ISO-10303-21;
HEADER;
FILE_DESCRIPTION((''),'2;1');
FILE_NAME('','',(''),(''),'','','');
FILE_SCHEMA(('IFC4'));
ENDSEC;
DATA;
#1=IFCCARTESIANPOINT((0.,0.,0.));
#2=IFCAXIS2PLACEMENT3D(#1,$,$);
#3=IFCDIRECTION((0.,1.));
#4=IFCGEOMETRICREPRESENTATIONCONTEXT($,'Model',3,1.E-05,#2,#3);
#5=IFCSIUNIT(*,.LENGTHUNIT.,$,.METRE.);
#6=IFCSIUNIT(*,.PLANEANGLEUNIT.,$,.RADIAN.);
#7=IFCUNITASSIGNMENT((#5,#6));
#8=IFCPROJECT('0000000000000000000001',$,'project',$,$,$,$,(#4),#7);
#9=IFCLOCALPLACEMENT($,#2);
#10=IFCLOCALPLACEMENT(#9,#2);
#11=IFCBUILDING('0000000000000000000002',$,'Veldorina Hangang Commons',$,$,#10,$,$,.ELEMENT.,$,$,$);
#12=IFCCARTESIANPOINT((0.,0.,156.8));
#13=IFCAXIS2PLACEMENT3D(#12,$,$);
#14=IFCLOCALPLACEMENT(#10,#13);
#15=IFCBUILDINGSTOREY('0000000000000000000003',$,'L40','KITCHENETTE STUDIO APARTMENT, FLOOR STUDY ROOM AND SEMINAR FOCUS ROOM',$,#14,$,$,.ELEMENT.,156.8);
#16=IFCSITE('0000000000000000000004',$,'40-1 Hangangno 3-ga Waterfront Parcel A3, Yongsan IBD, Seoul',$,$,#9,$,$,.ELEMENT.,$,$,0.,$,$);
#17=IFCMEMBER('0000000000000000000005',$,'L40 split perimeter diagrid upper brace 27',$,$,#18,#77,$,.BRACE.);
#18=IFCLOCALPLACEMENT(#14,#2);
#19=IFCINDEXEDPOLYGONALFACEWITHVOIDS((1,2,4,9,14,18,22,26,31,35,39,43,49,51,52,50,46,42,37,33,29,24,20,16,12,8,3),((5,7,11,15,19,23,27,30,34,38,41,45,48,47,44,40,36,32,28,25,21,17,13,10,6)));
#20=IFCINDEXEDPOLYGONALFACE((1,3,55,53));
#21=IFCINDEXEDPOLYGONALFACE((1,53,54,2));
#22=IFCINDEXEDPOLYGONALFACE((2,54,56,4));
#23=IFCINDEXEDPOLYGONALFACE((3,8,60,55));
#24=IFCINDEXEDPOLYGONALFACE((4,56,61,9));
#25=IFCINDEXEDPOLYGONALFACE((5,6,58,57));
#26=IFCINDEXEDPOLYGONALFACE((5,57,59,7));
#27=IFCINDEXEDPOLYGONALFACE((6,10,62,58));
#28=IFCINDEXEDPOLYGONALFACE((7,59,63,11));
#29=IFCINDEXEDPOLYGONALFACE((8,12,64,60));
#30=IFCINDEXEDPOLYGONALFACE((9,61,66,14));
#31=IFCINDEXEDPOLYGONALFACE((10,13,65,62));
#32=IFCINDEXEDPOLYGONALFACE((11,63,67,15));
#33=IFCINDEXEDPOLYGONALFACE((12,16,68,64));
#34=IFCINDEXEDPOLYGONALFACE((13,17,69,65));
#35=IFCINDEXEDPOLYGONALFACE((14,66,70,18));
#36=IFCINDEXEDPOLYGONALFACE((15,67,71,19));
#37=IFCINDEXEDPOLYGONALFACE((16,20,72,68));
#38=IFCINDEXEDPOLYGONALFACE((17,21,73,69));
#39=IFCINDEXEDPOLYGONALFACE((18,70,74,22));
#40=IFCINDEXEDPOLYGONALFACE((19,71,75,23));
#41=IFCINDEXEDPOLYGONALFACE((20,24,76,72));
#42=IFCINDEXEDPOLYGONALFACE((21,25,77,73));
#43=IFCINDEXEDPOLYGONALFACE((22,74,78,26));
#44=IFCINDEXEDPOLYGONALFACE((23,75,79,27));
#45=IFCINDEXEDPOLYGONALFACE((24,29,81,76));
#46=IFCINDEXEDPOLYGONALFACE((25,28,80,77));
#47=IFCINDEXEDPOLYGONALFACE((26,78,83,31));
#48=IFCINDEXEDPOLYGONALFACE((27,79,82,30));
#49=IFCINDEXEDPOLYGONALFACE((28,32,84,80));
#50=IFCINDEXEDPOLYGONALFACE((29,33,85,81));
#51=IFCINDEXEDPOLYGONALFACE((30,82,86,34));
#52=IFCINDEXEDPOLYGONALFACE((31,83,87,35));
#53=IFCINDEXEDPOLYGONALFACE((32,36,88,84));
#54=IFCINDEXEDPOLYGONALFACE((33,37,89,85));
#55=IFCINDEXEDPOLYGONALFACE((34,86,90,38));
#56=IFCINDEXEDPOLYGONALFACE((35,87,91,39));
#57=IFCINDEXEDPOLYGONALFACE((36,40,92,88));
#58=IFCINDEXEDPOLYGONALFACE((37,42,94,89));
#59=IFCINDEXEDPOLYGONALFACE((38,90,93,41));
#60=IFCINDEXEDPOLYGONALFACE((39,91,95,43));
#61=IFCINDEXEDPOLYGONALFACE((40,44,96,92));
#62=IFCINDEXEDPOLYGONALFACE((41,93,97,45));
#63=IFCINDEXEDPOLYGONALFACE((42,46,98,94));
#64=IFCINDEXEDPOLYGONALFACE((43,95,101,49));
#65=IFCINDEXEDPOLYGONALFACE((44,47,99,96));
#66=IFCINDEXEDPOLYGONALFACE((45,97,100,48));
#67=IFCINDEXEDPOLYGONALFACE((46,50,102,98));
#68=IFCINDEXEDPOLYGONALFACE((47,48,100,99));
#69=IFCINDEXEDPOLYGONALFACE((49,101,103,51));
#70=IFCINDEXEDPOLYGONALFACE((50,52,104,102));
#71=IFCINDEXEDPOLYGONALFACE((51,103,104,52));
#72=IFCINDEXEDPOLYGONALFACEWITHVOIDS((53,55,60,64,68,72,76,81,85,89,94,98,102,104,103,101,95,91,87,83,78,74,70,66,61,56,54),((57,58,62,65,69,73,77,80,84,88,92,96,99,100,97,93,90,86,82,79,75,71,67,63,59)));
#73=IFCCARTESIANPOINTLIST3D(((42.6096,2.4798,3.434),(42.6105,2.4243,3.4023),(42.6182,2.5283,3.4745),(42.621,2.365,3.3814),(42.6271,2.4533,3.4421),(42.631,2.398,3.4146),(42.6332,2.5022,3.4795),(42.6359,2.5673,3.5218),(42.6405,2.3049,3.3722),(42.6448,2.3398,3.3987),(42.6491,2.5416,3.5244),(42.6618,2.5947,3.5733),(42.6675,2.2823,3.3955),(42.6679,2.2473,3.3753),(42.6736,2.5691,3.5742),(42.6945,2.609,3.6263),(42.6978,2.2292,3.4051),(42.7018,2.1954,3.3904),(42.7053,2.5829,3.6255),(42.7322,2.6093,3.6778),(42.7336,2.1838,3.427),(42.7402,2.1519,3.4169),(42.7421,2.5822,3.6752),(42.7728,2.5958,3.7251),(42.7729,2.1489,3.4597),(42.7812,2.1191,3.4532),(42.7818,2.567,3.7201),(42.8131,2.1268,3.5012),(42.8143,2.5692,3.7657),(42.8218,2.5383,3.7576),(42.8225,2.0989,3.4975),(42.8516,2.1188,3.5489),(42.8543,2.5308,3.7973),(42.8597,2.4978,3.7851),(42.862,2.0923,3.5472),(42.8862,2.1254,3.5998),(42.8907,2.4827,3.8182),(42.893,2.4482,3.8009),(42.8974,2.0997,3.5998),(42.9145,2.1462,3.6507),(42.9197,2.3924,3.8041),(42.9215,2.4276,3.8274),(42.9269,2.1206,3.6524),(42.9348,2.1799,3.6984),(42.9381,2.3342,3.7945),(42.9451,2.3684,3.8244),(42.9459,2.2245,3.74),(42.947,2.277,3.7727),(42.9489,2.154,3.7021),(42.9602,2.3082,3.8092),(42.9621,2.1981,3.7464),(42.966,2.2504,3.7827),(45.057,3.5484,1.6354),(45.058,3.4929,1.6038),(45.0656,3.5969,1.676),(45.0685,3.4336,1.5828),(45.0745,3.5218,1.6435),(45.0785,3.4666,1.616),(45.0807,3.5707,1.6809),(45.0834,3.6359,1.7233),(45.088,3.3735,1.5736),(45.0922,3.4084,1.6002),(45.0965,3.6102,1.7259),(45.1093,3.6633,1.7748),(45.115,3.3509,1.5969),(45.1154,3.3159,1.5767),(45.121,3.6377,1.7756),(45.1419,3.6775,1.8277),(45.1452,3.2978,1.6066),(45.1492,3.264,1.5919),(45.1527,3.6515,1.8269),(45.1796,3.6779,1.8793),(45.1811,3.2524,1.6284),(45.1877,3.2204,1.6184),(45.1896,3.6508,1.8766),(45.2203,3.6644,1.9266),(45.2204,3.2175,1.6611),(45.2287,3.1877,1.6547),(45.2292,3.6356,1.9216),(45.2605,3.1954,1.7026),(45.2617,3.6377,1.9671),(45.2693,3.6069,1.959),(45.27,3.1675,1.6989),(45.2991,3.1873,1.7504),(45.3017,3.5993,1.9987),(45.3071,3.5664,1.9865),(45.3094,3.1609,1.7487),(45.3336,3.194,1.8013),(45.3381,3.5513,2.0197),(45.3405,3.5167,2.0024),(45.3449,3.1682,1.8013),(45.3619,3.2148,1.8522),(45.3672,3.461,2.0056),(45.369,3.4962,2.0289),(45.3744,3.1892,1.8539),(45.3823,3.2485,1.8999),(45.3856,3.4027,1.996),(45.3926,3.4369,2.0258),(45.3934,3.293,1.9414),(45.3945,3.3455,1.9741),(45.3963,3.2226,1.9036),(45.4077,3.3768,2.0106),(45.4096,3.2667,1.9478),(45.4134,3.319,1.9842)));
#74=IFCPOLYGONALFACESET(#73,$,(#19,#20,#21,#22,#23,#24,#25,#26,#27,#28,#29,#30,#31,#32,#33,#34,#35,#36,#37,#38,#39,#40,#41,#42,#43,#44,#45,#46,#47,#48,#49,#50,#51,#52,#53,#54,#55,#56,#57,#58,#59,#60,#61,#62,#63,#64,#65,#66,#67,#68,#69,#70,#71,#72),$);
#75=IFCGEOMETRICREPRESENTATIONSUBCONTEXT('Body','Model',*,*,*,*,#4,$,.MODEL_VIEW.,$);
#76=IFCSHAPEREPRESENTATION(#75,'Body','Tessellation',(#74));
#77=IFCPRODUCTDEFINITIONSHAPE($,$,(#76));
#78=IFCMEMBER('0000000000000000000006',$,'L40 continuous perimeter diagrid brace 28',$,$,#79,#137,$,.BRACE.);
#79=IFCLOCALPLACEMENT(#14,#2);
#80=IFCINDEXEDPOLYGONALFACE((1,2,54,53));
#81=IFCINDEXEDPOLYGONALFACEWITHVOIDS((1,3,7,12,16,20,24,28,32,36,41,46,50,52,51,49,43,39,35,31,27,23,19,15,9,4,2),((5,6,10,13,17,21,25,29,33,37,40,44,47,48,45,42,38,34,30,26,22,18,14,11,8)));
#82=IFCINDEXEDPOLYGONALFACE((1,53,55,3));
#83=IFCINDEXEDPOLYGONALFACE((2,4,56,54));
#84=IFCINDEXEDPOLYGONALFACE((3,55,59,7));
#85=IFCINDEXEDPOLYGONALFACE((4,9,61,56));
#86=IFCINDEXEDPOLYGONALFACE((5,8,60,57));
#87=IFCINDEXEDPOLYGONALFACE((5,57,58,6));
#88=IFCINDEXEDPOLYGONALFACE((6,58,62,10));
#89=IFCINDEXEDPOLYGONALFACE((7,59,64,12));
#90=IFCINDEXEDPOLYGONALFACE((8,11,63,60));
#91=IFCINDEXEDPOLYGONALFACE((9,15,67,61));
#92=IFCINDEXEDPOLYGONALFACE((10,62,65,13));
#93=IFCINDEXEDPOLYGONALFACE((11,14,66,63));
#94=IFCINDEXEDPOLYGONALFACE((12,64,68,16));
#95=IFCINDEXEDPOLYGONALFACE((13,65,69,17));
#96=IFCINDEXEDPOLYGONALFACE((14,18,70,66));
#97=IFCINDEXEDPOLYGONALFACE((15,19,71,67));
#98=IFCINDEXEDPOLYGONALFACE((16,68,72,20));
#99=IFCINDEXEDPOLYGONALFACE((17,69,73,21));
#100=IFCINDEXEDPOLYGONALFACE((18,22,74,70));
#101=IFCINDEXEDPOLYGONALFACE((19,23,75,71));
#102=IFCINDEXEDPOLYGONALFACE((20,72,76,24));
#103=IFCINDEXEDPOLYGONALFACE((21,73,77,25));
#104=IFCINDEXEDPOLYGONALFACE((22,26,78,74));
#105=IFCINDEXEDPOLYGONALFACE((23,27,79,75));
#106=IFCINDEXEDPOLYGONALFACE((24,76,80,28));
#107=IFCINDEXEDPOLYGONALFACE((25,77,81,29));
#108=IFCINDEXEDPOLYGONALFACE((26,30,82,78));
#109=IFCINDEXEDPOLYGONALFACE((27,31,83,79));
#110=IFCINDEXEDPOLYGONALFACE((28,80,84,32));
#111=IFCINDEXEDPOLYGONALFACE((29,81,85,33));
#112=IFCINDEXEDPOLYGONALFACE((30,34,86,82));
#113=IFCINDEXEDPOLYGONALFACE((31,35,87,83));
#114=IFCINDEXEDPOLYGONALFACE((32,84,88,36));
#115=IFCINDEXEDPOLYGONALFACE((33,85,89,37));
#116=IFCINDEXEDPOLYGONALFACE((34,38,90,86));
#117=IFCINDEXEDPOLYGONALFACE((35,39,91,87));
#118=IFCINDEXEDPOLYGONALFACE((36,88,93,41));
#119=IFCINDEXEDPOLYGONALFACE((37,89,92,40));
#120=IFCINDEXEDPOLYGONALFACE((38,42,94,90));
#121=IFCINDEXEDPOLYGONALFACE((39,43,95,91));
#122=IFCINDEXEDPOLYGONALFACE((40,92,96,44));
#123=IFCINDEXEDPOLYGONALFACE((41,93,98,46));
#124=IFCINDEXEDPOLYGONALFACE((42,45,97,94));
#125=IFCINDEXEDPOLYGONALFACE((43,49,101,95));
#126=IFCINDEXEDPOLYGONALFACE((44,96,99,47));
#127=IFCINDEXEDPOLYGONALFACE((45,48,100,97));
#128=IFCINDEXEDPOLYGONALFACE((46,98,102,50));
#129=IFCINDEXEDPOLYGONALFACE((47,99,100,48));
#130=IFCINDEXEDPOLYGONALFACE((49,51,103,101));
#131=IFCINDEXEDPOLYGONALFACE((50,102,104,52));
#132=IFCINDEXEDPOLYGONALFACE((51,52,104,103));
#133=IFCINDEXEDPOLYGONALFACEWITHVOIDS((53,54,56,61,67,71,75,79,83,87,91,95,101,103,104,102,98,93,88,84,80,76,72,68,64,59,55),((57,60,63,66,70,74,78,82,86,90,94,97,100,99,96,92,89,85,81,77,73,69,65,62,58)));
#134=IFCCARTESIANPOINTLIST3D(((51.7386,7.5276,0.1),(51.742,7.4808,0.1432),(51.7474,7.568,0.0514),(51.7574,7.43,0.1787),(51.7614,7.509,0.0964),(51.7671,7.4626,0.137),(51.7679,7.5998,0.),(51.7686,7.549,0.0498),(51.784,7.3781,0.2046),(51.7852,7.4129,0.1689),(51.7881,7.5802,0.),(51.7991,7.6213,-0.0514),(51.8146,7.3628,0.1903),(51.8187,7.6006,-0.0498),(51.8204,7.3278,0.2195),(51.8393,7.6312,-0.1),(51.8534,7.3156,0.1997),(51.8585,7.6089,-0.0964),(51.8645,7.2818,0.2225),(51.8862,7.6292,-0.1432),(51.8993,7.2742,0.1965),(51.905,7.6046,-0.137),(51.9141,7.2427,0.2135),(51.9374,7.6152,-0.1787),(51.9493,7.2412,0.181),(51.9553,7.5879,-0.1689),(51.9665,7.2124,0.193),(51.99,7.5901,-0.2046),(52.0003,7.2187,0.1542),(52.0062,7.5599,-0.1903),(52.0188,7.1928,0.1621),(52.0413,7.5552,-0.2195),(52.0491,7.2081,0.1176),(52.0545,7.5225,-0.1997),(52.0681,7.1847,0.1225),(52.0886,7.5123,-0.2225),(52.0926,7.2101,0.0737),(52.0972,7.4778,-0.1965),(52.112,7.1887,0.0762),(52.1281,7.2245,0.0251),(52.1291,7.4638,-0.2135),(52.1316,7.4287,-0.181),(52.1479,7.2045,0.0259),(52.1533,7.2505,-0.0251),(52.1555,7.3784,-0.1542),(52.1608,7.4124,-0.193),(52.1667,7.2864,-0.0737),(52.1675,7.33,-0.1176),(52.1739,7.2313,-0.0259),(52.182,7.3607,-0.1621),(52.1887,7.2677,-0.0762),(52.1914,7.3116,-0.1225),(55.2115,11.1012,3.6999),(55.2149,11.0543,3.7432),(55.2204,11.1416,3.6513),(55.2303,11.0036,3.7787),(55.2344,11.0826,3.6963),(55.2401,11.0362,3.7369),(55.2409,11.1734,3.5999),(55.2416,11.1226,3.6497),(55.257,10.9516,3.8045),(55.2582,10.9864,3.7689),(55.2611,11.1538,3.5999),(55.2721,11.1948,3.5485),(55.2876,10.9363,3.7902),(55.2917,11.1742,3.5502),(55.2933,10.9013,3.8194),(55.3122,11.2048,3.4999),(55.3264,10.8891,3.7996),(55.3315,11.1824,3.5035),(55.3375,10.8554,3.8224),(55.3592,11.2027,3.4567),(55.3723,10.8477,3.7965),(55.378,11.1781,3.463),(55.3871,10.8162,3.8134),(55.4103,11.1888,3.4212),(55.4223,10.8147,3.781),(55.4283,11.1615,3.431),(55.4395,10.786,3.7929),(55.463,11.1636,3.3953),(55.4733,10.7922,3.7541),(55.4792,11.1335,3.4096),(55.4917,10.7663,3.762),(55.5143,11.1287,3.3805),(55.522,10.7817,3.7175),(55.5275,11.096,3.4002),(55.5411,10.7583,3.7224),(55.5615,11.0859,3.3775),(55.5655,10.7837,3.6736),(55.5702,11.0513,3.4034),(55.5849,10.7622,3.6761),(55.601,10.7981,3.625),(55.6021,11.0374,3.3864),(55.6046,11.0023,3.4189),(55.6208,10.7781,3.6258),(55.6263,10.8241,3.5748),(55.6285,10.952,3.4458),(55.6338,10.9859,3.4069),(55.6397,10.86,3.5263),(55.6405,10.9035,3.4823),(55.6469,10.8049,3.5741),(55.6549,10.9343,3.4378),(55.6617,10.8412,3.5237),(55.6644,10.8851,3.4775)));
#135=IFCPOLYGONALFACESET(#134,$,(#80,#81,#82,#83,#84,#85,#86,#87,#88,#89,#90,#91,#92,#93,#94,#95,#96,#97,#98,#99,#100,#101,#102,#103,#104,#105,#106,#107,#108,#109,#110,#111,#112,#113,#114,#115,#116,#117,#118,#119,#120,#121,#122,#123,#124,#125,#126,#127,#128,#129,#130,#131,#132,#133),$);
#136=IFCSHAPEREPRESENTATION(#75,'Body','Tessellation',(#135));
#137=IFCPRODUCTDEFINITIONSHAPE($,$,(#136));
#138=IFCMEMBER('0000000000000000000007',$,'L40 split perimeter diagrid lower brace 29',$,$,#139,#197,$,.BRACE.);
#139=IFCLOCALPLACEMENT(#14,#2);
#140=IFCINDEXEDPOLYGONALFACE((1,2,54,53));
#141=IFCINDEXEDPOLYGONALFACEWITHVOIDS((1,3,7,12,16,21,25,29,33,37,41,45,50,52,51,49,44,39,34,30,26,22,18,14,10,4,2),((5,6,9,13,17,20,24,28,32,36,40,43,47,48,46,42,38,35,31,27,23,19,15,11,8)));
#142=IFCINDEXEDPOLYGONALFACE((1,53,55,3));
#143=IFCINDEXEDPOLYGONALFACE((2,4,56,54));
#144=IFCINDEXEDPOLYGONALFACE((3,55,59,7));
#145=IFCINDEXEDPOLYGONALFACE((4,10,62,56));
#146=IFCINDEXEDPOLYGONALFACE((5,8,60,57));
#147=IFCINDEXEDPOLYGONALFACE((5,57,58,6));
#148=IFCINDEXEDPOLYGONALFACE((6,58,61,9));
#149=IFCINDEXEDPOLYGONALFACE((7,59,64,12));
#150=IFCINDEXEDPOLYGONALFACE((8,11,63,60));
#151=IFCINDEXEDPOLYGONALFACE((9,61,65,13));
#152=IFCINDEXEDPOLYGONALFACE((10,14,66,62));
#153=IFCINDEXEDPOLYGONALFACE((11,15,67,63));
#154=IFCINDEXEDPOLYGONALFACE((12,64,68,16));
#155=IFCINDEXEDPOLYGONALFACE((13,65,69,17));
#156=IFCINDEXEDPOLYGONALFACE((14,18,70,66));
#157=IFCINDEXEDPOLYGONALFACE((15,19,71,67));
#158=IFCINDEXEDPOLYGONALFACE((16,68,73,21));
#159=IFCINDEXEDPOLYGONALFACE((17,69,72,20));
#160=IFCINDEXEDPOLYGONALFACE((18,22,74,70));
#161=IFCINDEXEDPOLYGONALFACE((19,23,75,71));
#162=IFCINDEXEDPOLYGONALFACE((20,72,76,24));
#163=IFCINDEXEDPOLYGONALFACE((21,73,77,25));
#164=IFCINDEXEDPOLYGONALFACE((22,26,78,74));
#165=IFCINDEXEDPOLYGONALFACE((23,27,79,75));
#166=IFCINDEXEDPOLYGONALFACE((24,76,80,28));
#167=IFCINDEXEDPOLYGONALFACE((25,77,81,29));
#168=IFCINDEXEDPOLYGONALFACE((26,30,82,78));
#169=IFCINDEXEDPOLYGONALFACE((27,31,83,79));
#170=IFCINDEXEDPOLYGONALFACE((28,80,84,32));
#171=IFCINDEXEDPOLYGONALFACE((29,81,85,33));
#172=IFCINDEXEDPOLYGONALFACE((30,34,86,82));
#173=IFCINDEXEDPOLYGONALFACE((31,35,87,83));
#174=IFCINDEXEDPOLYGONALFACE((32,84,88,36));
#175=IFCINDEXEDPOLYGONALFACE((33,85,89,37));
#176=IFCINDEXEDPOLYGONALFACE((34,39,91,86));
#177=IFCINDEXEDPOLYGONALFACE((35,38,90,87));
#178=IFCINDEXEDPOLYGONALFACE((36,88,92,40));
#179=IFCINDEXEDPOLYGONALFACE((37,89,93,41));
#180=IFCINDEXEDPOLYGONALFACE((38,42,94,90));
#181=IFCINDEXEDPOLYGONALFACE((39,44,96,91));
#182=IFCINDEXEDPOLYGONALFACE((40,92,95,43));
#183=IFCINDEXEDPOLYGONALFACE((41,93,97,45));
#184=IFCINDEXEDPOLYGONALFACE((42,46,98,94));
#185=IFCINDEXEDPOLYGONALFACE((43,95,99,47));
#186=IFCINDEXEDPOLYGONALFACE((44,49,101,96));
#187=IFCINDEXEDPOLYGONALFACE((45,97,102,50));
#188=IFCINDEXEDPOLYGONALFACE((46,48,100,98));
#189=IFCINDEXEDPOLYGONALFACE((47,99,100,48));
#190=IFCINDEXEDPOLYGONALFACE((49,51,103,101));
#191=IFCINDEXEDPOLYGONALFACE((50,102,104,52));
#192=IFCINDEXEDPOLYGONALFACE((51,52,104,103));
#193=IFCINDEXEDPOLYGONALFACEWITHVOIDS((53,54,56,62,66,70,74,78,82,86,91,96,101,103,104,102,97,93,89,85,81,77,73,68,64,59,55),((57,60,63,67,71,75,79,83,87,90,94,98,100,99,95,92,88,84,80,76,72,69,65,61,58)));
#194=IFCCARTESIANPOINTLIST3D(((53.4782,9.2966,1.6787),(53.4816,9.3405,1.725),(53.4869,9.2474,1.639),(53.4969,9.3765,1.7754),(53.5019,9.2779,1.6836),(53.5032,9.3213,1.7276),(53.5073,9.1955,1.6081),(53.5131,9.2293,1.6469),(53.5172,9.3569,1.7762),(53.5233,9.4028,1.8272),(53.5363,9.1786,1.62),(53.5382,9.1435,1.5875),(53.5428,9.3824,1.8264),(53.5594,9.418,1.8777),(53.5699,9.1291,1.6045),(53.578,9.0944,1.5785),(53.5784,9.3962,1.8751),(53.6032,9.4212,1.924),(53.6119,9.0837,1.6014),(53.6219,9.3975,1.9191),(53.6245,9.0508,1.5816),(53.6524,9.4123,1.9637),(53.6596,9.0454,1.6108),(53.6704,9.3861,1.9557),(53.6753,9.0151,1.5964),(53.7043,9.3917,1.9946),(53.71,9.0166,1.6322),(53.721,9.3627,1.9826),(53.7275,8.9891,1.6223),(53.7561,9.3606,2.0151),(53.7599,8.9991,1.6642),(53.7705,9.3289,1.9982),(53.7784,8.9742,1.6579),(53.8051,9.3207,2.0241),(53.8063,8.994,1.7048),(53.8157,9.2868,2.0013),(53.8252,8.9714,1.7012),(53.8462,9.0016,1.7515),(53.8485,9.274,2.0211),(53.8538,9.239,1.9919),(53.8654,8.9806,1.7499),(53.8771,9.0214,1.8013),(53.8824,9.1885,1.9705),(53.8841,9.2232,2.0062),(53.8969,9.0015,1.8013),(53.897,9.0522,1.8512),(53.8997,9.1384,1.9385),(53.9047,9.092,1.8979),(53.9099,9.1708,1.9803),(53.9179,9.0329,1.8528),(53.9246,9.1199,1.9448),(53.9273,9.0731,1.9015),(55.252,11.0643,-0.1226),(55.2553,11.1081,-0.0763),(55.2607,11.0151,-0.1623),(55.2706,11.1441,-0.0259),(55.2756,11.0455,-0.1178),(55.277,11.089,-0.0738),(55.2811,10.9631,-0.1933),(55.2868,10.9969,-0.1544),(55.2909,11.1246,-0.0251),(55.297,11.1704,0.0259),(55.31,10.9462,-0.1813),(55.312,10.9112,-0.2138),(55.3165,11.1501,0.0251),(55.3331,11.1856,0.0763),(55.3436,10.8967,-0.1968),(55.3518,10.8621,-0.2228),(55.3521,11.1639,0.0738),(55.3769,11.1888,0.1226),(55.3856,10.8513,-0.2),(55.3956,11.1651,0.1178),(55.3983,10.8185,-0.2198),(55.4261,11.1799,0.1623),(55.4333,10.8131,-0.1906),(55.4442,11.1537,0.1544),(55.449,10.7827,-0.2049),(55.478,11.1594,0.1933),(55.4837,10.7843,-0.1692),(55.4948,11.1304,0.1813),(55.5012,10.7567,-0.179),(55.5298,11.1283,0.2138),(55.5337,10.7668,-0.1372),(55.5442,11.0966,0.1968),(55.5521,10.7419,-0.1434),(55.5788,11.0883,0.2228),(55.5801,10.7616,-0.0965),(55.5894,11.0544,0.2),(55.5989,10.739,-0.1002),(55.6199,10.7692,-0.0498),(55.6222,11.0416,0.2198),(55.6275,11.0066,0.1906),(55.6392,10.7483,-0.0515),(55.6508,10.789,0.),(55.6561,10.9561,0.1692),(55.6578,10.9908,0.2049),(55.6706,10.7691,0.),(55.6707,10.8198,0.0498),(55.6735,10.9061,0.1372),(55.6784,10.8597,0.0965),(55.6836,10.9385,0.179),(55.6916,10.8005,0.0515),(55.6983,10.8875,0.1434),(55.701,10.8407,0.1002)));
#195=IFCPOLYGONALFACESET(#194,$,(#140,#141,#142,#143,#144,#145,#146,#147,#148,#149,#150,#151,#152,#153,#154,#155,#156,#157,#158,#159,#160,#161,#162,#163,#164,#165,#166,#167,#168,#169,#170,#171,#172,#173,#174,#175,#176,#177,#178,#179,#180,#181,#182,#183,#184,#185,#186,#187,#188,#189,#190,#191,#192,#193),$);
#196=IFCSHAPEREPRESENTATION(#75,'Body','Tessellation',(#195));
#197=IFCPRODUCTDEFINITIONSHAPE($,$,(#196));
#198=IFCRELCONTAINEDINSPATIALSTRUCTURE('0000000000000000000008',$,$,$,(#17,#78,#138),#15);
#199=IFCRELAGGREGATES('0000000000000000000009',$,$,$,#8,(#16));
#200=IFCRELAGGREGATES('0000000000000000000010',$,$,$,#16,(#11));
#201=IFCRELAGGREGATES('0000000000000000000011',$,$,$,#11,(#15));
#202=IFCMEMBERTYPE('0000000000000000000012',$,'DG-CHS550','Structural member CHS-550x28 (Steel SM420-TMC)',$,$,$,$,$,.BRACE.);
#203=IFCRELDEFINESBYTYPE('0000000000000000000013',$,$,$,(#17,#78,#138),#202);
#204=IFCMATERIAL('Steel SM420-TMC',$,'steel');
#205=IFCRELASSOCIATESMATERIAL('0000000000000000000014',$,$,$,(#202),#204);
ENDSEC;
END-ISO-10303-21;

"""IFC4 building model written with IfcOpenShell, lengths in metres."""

from ifc_helpers import new_model, si_unit, direction, frame, origin, origin_2d, place, context, subcontext, project, spatial, hollow_circle, extrude, material, material_profile, profile_set, type_object, element, save


model = new_model("IFC4")

# Units and contexts
model_context = context("Model", 3, precision=1e-05, world=origin(), true_north=direction((0.0, 1.0)))
body_context = subcontext(model_context, "Body", "Model", "MODEL_VIEW")
ifc_project = project(units=[si_unit("LENGTHUNIT", "METRE"), si_unit("PLANEANGLEUNIT", "RADIAN")], contexts=[model_context])

# Site, building, storey
site_placement = place(None, origin())
site = spatial("IfcSite", under=ifc_project, at=site_placement, Name="40-1 Hangangno 3-ga Waterfront Parcel A3, Yongsan IBD, Seoul", CompositionType="ELEMENT", RefElevation=0.0)
building_placement = place(site_placement, origin())
building = spatial("IfcBuilding", under=site, at=building_placement, Name="Veldorina Hangang Commons", CompositionType="ELEMENT")
storey_placement = place(building_placement, frame((0.0, 0.0, 156.8)))
storey = spatial("IfcBuildingStorey", under=building, at=storey_placement, Name="L40", Description="KITCHENETTE STUDIO APARTMENT, FLOOR STUDY ROOM AND SEMINAR FOCUS ROOM", CompositionType="ELEMENT", Elevation=156.8)

# Shared definitions
ifc_material_1 = material(Name="Steel SM420-TMC", Category="steel")

# Members
ifc_material_profile_1 = material_profile(ifc_material_1, hollow_circle(Radius=0.2749, WallThickness=0.0281, at=origin_2d()), Name="CHS-550x28")
ifc_profile_set_1 = profile_set([ifc_material_profile_1], Name="Steel SM420-TMC")
member_type_1 = type_object("IfcMemberType", Name="DG-CHS550", Description="Structural member CHS-550x28 (Steel SM420-TMC)", PredefinedType="BRACE", material=ifc_profile_set_1)
member_1_placement = place(storey_placement, frame((45.2349, 3.4202, 1.8013), z_axis=(-0.760143, -0.331885, 0.558601), x_axis=(0.400133, -0.916457, 0.0)))
element("IfcMember", 1, at=member_1_placement, inside=storey, type_object=member_type_1, Name="L40 split perimeter diagrid upper brace 27", PredefinedType="BRACE", context=body_context, shape_type="SweptSolid", body=[
    extrude(hollow_circle(Radius=0.2749, WallThickness=0.0281, at=origin_2d()), origin(), (0.0, 0.0, 1.0), 3.2197),
])
member_2_placement = place(storey_placement, frame((51.9651, 7.4082, 0.0), z_axis=(0.564944, 0.581306, 0.585595), x_axis=(-0.717128, 0.696942, 0.0)))
element("IfcMember", 2, at=member_2_placement, inside=storey, type_object=member_type_1, Name="L40 continuous perimeter diagrid brace 28", PredefinedType="BRACE", context=body_context, shape_type="SweptSolid", body=[
    extrude(hollow_circle(Radius=0.2749, WallThickness=0.0281, at=origin_2d()), origin(), (0.0, 0.0, 1.0), 6.1475),
])
member_3_placement = place(storey_placement, frame((55.4766, 10.9639, 0.0), z_axis=(-0.575009, -0.57303, 0.583953), x_axis=(0.705887, -0.708324, 0.0)))
element("IfcMember", 3, at=member_3_placement, inside=storey, type_object=member_type_1, Name="L40 split perimeter diagrid lower brace 29", PredefinedType="BRACE", context=body_context, shape_type="SweptSolid", body=[
    extrude(hollow_circle(Radius=0.2749, WallThickness=0.0281, at=origin_2d()), origin(), (0.0, 0.0, 1.0), 3.0847),
])

save(model, "model.ifc")
